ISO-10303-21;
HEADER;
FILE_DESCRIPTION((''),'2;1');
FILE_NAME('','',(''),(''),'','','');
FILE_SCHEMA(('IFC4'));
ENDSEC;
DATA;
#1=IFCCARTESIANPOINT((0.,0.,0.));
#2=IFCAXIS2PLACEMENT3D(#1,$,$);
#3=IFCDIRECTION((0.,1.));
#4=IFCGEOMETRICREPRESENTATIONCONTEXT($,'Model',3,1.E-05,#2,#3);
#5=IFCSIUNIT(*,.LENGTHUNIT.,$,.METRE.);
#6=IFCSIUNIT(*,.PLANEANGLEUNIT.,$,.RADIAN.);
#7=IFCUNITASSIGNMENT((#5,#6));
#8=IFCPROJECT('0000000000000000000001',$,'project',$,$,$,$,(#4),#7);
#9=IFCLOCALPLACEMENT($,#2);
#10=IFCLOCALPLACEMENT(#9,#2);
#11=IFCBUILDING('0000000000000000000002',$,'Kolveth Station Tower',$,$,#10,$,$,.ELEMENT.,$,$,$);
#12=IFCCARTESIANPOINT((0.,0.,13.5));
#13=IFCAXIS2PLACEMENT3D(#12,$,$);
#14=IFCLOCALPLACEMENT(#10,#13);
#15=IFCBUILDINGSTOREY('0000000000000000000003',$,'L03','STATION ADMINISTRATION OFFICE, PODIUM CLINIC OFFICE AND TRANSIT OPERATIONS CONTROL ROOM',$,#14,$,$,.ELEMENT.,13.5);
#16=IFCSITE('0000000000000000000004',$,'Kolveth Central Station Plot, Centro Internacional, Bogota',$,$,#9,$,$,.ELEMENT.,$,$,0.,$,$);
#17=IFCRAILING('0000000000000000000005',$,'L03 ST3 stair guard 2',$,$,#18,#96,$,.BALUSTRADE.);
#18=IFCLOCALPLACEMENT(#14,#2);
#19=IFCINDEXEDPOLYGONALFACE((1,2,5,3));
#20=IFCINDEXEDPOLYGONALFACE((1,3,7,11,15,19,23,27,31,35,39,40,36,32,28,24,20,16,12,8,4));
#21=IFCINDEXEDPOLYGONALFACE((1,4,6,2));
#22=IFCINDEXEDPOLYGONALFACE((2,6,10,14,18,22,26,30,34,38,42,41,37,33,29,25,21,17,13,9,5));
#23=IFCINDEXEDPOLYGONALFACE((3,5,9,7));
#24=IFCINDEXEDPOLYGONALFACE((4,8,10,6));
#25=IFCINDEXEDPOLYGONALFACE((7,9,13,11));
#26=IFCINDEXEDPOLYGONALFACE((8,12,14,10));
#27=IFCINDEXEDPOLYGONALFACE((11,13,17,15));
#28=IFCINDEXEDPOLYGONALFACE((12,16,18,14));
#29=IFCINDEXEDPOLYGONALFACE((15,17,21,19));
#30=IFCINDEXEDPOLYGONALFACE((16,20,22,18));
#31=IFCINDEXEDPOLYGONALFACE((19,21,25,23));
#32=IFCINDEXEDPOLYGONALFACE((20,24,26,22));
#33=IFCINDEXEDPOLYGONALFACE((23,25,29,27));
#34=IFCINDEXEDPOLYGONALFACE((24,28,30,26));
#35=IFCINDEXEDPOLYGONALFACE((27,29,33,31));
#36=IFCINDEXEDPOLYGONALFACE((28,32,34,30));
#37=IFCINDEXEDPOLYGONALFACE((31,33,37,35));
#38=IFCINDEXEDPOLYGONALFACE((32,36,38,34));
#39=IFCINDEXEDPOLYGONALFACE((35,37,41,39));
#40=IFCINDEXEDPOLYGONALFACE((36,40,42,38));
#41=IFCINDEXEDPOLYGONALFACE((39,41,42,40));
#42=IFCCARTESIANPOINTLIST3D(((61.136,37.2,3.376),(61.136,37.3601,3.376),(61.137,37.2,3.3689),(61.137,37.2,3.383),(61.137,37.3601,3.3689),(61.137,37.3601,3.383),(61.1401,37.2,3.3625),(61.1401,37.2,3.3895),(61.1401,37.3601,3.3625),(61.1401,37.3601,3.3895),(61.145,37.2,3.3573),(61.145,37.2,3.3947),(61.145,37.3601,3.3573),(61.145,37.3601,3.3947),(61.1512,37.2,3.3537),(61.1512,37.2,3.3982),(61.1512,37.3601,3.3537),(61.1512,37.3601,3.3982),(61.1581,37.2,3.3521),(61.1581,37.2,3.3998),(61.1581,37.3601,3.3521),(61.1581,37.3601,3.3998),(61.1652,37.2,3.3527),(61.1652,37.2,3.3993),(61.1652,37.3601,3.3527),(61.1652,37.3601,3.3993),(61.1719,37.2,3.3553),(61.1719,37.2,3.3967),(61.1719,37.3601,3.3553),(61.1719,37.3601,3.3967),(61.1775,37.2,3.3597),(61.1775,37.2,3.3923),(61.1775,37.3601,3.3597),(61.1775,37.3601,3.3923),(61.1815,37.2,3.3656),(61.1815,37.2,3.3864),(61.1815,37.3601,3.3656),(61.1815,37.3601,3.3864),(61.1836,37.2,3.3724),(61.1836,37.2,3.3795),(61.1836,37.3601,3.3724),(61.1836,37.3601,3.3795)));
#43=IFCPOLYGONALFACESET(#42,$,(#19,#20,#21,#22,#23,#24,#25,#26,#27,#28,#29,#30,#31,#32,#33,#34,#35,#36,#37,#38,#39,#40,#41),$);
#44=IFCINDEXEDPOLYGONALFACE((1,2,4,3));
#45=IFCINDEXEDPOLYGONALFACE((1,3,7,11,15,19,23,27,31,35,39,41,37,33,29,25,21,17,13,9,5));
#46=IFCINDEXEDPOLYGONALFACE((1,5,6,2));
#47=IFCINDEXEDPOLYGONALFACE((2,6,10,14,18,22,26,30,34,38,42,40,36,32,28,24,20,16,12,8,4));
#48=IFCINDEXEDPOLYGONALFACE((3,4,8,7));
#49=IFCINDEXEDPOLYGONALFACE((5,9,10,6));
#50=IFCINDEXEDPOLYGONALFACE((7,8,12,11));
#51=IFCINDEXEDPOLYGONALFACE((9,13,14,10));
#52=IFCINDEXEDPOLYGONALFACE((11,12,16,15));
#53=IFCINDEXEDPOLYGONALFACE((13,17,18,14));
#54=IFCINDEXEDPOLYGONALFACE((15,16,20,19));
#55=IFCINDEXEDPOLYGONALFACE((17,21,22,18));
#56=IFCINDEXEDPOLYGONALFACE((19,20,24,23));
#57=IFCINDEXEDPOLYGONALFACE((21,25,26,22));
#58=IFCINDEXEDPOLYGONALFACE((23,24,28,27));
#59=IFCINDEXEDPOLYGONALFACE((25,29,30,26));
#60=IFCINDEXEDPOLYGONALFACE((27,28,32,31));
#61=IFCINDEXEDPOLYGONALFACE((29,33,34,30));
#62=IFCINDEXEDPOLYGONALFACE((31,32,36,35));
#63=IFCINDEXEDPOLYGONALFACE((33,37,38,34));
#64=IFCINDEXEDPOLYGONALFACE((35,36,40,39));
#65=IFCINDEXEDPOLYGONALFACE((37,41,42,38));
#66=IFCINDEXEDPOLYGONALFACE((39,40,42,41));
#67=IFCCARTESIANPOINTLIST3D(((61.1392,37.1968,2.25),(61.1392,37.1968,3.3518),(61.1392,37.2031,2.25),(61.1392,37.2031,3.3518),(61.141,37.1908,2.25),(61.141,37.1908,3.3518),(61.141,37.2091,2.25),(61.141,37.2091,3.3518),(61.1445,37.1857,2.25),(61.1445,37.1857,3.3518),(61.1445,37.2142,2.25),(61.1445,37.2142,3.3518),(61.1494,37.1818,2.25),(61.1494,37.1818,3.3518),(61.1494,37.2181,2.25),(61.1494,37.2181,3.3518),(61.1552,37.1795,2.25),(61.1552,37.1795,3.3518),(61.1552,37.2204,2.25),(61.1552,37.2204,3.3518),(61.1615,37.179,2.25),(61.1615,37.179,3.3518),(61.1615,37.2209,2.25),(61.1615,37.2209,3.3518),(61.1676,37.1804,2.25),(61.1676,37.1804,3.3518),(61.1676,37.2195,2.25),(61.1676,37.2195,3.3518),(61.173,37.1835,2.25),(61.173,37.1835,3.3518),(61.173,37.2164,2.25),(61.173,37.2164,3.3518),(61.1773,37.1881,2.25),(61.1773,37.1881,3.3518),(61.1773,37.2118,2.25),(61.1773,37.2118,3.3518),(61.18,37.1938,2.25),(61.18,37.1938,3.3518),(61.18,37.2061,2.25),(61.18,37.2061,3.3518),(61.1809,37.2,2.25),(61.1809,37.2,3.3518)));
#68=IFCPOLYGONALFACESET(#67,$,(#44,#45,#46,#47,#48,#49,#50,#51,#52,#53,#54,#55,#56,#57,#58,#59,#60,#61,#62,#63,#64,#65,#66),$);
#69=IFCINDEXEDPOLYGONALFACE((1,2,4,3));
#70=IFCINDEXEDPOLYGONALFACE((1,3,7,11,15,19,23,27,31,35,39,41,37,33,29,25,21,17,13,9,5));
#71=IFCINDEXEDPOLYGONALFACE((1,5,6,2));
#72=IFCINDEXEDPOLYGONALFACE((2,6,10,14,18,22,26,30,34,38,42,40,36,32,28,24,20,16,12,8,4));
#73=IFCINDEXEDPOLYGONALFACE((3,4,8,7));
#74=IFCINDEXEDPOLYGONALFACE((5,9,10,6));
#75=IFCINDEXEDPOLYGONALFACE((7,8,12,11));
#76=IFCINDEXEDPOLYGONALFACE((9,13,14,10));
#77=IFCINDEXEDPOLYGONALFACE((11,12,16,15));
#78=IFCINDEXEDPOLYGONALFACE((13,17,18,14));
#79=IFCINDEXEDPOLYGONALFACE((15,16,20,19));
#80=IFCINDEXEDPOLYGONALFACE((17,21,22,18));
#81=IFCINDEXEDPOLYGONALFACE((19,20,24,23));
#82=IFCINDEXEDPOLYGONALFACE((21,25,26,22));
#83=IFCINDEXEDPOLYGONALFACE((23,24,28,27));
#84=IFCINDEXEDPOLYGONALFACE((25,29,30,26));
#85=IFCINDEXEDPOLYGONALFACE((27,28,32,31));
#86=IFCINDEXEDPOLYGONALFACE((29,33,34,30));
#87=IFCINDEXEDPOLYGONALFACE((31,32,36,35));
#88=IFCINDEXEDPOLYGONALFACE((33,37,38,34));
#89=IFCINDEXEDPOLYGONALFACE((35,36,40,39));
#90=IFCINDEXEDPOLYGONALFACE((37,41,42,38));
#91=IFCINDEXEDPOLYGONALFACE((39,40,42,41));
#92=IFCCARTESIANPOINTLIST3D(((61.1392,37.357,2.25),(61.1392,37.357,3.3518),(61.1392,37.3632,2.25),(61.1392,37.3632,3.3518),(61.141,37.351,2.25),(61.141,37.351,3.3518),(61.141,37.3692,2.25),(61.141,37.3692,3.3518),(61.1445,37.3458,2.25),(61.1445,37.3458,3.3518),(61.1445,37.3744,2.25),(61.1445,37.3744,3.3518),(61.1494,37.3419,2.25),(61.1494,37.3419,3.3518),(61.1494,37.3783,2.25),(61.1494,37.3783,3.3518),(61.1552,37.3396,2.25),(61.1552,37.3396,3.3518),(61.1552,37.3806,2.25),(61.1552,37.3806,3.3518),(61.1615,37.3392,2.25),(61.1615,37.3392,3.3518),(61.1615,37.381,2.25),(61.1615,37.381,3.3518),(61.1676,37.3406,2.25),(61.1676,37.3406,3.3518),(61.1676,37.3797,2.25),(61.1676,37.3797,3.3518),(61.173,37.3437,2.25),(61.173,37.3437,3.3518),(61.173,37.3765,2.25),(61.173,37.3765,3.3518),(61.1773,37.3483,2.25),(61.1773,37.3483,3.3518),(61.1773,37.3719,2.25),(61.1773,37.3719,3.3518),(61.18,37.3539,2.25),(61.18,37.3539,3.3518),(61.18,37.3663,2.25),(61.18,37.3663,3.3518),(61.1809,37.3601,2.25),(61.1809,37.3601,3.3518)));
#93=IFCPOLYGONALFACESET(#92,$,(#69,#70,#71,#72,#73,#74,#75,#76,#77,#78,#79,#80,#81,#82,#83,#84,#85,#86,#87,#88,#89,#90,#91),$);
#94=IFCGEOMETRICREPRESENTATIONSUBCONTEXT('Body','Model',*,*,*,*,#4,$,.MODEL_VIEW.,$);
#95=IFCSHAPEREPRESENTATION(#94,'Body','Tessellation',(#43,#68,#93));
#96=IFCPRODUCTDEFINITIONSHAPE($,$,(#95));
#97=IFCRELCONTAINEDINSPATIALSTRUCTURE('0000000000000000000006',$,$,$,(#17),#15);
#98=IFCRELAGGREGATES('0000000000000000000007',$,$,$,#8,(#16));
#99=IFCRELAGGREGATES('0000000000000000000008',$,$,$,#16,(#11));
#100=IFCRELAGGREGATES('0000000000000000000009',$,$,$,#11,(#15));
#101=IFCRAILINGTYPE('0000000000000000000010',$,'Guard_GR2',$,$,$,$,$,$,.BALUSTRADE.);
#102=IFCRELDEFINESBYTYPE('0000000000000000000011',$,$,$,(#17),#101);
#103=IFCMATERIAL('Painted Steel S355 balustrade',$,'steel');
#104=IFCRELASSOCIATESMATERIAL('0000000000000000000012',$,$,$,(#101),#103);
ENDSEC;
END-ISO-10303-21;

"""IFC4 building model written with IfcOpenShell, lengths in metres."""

from ifc_helpers import new_model, si_unit, direction, frame, origin, origin_2d, place, context, subcontext, project, spatial, circle, extrude, material, type_object, element, save


model = new_model("IFC4")

# Units and contexts
model_context = context("Model", 3, precision=1e-05, world=origin(), true_north=direction((0.0, 1.0)))
body_context = subcontext(model_context, "Body", "Model", "MODEL_VIEW")
ifc_project = project(units=[si_unit("LENGTHUNIT", "METRE"), si_unit("PLANEANGLEUNIT", "RADIAN")], contexts=[model_context])

# Site, building, storey
site_placement = place(None, origin())
site = spatial("IfcSite", under=ifc_project, at=site_placement, Name="Kolveth Central Station Plot, Centro Internacional, Bogota", CompositionType="ELEMENT", RefElevation=0.0)
building_placement = place(site_placement, origin())
building = spatial("IfcBuilding", under=site, at=building_placement, Name="Kolveth Station Tower", CompositionType="ELEMENT")
storey_placement = place(building_placement, frame((0.0, 0.0, 13.5)))
storey = spatial("IfcBuildingStorey", under=building, at=storey_placement, Name="L03", Description="STATION ADMINISTRATION OFFICE, PODIUM CLINIC OFFICE AND TRANSIT OPERATIONS CONTROL ROOM", CompositionType="ELEMENT", Elevation=13.5)

# Railing
ifc_material_1 = material(Name="Painted Steel S355 balustrade", Category="steel")
railing_type_1 = type_object("IfcRailingType", Name="Guard_GR2", PredefinedType="BALUSTRADE", material=ifc_material_1)
railing_1_placement = place(storey_placement, frame((61.1599, 37.2, 2.25)))
element("IfcRailing", 1, at=railing_1_placement, inside=storey, type_object=railing_type_1, Name="L03 ST3 stair guard 2", PredefinedType="BALUSTRADE", context=body_context, shape_type="SweptSolid", body=[
    extrude(circle(Radius=0.0239, at=origin_2d()), frame((0.0, 0.0, 1.126), z_axis=(0.0, 1.0, 0.0), x_axis=(-1.0, 0.0, 0.0)), (0.0, 0.0, 1.0), 0.1602),
    extrude(circle(Radius=0.021, at=origin_2d()), origin(), (0.0, 0.0, 1.0), 1.1018),
    extrude(circle(Radius=0.021, at=origin_2d()), frame((0.0, 0.1602, 0.0)), (0.0, 0.0, 1.0), 1.1018),
])

save(model, "model.ifc")
